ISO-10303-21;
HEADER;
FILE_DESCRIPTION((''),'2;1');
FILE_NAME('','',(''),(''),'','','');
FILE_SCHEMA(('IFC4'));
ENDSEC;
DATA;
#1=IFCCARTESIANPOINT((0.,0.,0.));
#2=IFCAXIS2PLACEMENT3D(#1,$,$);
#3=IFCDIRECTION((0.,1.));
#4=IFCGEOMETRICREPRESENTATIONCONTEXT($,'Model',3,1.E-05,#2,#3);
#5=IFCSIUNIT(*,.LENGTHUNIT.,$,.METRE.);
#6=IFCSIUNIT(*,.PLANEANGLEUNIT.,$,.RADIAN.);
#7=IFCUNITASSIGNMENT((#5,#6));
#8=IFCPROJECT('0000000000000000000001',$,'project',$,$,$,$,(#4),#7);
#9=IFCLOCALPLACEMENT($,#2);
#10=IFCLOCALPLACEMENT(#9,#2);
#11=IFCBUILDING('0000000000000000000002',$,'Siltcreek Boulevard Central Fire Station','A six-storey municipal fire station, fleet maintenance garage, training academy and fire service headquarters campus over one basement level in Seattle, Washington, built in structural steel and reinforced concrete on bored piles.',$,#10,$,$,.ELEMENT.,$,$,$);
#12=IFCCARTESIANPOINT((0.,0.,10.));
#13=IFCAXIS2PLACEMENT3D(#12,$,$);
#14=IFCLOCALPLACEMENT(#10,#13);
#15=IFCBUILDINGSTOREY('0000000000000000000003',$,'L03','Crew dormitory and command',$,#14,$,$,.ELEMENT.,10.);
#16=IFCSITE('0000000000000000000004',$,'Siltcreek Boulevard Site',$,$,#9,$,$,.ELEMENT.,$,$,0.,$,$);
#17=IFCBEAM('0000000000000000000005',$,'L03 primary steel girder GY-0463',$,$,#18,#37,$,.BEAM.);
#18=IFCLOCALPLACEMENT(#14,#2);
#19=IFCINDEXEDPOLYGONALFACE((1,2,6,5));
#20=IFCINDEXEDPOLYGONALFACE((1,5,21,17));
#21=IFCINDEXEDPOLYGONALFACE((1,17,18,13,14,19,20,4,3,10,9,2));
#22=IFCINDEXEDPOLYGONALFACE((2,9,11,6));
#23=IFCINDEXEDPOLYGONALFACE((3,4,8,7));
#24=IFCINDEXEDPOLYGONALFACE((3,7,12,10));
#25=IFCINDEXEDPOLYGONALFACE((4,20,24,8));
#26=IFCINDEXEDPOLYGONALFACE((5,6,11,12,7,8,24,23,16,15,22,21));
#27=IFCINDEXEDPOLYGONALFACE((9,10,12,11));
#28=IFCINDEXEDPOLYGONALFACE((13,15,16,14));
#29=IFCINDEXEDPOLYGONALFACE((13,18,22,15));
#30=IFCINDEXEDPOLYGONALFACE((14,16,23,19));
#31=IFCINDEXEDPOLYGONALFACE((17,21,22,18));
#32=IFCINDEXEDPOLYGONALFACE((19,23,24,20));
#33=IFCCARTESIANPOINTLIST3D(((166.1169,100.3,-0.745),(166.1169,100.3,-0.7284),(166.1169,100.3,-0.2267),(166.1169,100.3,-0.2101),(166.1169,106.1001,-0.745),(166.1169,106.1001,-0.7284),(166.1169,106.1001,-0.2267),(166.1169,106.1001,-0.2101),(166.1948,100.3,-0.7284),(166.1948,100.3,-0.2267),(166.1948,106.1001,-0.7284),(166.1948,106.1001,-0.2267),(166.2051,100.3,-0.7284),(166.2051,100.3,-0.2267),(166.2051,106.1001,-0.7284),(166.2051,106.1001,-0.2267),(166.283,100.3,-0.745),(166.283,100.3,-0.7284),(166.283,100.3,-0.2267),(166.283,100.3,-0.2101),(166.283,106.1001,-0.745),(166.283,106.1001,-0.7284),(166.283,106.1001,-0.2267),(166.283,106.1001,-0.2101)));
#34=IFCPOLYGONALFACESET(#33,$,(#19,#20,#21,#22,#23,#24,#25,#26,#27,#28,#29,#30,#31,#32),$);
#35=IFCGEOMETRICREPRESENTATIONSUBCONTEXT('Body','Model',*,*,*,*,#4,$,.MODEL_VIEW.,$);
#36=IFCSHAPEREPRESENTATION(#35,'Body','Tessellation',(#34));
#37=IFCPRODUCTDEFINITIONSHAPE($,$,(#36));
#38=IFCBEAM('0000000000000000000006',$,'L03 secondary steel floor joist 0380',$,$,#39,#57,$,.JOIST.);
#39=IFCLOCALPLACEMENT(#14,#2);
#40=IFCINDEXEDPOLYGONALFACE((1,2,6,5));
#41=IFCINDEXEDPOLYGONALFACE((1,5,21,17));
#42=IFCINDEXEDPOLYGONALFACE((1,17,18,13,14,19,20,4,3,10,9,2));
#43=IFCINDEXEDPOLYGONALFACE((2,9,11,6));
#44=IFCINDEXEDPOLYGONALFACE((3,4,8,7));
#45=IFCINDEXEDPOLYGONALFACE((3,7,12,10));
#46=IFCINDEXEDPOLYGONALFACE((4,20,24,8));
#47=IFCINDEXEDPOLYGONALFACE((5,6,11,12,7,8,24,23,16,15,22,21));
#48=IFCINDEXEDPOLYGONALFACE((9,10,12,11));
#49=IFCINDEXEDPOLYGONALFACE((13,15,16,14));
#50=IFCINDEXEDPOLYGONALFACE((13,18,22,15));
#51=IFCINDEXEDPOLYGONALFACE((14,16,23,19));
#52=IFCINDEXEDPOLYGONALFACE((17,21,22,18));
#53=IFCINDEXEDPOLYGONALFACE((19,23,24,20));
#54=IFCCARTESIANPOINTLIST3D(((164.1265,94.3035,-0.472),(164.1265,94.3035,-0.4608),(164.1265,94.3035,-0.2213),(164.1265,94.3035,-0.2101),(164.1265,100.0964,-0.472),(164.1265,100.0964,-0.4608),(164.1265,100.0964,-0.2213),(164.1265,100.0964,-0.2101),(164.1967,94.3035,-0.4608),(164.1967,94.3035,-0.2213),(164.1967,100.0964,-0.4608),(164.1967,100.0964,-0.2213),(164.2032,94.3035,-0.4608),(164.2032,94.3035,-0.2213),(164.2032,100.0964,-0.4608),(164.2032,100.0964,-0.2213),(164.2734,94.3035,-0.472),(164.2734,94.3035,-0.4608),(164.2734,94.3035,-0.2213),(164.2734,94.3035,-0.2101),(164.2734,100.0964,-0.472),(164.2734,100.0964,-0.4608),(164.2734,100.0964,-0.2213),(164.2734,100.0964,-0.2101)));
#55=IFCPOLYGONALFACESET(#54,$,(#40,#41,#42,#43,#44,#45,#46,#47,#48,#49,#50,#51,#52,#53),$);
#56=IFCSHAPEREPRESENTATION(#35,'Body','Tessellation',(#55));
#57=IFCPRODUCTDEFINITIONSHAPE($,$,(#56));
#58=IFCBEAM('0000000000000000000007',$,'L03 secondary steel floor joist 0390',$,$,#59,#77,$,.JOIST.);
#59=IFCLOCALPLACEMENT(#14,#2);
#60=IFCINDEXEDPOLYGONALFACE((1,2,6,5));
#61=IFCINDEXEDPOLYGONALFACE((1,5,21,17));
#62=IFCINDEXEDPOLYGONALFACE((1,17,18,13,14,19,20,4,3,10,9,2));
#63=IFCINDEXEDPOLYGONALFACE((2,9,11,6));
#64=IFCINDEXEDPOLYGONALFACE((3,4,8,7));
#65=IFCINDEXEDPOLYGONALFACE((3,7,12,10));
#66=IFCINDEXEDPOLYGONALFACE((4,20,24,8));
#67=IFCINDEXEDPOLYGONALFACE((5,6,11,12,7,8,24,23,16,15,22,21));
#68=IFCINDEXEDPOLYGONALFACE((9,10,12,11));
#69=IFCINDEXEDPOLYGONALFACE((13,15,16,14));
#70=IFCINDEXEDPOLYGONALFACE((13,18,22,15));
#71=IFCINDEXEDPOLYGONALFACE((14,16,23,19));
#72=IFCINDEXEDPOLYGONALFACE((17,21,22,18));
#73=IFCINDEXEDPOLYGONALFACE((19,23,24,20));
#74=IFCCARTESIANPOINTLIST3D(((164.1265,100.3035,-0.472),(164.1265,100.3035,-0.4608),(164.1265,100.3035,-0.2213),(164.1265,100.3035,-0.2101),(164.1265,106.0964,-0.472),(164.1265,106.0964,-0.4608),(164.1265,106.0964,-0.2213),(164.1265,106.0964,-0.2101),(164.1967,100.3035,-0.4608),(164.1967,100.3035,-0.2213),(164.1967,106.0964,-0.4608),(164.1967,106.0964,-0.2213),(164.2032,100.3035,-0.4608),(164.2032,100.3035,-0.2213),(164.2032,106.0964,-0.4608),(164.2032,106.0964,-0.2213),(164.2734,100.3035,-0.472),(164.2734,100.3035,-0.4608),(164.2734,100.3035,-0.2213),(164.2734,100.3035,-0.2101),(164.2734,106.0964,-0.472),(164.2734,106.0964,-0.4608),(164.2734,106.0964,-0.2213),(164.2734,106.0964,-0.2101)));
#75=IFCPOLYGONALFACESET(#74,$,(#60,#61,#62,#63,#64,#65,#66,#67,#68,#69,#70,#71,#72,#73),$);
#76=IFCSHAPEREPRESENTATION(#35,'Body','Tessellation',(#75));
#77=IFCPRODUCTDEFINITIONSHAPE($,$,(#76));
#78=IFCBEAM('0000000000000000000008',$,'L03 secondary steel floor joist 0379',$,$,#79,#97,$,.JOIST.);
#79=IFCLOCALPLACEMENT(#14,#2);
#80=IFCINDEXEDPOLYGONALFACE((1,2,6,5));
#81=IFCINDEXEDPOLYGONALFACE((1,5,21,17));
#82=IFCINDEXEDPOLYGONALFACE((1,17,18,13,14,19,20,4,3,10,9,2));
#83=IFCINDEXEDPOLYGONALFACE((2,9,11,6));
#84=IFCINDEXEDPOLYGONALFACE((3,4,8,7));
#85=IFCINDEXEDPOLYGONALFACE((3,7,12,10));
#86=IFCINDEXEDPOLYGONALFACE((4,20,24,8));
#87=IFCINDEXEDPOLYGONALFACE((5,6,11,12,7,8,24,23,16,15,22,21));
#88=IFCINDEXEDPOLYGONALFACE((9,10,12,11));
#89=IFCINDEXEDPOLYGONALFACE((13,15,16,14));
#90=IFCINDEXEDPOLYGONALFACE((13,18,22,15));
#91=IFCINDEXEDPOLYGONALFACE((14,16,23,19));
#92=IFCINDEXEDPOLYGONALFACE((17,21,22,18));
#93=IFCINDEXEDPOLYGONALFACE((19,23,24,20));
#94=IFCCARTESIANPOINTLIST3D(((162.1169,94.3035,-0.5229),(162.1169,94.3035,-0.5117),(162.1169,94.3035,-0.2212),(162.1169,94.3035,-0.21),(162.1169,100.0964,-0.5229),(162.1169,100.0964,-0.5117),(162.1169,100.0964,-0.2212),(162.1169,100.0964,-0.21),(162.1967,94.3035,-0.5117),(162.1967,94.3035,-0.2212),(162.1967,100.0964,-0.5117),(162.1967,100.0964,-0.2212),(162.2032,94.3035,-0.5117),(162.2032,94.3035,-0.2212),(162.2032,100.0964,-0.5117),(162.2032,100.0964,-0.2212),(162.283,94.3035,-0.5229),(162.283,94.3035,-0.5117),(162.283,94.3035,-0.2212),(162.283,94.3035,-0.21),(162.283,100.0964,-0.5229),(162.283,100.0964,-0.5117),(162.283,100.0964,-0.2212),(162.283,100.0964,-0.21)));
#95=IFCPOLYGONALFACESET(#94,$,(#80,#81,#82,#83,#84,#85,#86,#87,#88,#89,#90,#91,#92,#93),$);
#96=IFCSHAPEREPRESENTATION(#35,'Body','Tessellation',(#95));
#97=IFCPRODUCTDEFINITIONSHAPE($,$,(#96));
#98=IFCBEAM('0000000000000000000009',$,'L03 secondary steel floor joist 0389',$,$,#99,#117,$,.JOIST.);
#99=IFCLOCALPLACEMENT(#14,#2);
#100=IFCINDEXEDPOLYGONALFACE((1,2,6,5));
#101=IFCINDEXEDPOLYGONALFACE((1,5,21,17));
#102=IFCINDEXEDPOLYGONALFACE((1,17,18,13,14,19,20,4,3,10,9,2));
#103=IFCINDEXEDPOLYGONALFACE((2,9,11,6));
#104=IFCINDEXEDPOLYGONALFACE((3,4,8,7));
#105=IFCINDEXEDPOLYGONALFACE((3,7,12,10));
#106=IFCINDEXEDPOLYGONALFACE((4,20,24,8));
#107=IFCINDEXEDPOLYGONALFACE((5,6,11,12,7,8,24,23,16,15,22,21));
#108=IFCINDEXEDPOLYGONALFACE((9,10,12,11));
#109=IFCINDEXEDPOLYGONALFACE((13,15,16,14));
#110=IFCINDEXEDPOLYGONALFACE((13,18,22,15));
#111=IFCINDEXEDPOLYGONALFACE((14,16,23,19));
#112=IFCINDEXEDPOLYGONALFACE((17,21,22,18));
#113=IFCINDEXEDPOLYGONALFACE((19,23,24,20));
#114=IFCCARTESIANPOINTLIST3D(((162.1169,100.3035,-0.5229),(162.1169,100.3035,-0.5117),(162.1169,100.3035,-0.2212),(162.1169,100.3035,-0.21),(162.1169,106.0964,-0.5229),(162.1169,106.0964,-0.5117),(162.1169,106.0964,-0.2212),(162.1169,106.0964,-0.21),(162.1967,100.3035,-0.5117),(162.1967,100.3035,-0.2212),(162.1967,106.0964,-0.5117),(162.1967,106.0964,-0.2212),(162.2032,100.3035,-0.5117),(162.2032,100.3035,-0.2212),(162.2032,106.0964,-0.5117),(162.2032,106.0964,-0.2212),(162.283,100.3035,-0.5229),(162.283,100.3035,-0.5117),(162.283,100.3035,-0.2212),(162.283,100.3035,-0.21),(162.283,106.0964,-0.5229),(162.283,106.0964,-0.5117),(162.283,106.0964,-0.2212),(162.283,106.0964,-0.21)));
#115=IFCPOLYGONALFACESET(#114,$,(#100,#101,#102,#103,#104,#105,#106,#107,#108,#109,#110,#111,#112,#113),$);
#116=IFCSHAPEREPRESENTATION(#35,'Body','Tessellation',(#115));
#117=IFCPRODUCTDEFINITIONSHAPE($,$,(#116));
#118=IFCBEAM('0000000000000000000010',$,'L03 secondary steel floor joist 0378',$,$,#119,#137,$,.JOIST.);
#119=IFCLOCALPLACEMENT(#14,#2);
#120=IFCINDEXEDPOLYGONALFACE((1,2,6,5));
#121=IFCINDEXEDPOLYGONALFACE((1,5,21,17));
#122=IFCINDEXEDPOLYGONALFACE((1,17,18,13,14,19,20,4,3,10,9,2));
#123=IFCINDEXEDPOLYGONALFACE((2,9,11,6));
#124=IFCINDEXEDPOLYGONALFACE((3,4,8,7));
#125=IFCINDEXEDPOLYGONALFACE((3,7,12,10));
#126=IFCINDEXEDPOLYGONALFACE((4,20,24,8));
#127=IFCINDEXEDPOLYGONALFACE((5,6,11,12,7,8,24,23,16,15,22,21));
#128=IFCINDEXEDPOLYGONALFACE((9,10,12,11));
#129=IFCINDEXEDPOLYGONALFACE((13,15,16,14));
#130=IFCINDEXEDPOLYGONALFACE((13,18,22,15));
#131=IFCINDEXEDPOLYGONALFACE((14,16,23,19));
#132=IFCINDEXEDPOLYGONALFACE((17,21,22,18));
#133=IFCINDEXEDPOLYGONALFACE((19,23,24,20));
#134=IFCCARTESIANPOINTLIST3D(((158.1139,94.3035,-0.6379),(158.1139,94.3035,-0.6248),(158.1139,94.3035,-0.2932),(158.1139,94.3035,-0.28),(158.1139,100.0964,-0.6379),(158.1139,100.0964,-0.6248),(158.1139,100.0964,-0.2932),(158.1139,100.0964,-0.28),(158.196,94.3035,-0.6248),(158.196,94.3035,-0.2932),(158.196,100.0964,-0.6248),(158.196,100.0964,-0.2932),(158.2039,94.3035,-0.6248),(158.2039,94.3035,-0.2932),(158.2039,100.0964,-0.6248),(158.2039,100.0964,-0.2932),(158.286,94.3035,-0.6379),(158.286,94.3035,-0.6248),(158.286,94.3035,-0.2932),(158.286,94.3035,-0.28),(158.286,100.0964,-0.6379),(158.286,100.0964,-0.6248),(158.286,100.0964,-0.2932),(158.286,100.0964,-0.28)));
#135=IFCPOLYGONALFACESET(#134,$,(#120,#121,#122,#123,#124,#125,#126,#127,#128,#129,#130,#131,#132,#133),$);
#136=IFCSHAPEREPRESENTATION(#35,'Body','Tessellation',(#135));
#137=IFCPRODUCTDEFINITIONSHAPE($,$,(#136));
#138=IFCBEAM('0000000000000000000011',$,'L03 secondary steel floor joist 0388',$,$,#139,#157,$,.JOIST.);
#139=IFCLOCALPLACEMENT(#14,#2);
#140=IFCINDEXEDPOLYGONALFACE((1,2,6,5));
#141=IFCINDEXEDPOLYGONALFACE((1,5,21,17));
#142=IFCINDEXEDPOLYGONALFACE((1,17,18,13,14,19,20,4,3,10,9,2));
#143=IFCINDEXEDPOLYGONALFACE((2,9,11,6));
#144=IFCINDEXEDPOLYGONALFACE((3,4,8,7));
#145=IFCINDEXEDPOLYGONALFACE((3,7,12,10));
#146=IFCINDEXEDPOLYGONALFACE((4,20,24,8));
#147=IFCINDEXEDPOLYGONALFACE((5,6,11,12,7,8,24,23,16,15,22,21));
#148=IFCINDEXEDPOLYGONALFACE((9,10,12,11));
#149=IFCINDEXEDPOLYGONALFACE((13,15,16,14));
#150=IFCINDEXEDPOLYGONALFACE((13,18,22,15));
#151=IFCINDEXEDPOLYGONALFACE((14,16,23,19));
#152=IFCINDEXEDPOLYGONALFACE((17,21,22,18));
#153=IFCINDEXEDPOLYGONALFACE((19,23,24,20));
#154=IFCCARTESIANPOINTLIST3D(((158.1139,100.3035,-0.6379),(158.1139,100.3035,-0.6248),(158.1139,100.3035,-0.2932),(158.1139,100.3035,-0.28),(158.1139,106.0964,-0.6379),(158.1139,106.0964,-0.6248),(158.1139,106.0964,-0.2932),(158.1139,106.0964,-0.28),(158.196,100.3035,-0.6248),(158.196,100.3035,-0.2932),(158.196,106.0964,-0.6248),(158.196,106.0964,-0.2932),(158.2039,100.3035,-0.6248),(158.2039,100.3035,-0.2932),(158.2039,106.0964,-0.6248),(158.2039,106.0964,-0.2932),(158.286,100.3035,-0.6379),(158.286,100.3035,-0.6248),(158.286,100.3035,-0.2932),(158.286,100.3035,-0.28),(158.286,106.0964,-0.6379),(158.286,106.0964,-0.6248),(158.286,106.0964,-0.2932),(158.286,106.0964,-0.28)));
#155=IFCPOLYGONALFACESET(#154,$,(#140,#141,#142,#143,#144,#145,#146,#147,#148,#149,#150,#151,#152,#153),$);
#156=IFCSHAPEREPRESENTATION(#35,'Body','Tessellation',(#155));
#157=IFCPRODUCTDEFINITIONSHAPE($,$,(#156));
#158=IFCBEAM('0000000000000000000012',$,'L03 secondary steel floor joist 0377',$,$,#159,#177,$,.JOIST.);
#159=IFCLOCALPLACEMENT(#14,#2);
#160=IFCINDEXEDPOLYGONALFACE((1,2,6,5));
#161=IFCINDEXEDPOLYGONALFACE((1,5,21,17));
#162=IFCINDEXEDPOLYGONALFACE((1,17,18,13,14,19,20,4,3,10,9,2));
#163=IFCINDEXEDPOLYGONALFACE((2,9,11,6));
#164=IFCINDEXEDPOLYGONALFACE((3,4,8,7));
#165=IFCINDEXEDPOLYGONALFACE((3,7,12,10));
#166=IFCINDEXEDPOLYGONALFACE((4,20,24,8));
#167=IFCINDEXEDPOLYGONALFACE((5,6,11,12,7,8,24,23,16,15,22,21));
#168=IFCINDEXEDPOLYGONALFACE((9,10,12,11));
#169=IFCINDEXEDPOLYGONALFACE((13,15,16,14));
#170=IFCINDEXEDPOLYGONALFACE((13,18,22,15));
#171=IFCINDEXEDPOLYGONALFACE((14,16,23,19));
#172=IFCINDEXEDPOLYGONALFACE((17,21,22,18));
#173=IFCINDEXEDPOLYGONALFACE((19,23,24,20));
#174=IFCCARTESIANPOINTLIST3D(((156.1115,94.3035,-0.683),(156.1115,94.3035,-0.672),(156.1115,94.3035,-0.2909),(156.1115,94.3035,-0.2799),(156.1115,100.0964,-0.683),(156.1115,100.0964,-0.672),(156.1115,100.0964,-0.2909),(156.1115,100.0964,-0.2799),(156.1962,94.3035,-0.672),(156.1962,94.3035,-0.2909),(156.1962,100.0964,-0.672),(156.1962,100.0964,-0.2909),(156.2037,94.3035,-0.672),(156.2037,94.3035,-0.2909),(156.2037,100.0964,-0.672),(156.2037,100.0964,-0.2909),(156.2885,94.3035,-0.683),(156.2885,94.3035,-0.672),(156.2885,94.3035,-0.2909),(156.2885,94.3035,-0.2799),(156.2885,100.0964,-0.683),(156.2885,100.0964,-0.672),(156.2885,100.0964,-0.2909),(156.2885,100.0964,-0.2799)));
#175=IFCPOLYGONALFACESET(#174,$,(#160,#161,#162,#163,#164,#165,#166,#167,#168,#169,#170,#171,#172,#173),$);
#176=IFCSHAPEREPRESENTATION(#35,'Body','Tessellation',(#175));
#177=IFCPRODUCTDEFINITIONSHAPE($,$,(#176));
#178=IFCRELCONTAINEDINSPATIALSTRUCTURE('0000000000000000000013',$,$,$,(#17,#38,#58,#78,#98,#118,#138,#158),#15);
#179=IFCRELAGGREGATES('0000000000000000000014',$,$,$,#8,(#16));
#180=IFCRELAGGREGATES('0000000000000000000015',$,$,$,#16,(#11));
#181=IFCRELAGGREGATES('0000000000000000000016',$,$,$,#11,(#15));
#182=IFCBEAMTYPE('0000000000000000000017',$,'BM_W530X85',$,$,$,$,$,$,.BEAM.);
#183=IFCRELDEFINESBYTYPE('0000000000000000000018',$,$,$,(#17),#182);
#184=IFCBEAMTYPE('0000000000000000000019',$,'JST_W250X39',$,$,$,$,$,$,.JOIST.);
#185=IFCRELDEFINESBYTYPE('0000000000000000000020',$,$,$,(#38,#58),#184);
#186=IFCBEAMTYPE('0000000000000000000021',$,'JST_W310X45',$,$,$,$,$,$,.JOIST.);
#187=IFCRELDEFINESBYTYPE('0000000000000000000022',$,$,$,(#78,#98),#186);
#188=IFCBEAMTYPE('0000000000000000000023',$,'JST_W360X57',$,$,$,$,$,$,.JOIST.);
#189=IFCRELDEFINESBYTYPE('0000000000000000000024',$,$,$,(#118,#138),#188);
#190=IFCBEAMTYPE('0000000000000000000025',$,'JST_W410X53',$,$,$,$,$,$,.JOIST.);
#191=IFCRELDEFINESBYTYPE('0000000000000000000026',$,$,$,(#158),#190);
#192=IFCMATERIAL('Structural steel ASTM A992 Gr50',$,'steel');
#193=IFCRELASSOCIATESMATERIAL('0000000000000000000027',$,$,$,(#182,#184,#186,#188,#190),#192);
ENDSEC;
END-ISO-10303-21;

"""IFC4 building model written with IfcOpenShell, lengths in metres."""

from ifc_helpers import new_model, si_unit, direction, frame, origin, origin_2d, place, context, subcontext, project, spatial, i_section, extrude, material, material_profile, profile_set, type_object, element, save


model = new_model("IFC4")

# Units and contexts
model_context = context("Model", 3, precision=1e-05, world=origin(), true_north=direction((0.0, 1.0)))
body_context = subcontext(model_context, "Body", "Model", "MODEL_VIEW")
ifc_project = project(units=[si_unit("LENGTHUNIT", "METRE"), si_unit("PLANEANGLEUNIT", "RADIAN")], contexts=[model_context])

# Site, building, storey
site_placement = place(None, origin())
site = spatial("IfcSite", under=ifc_project, at=site_placement, Name="Siltcreek Boulevard Site", CompositionType="ELEMENT", RefElevation=0.0)
building_placement = place(site_placement, origin())
building = spatial("IfcBuilding", under=site, at=building_placement, Name="Siltcreek Boulevard Central Fire Station", Description="A six-storey municipal fire station, fleet maintenance garage, training academy and fire service headquarters campus over one basement level in Seattle, Washington, built in structural steel and reinforced concrete on bored piles.", CompositionType="ELEMENT")
storey_placement = place(building_placement, frame((0.0, 0.0, 10.0)))
storey = spatial("IfcBuildingStorey", under=building, at=storey_placement, Name="L03", Description="Crew dormitory and command", CompositionType="ELEMENT", Elevation=10.0)

# Shared definitions
ifc_material_1 = material(Name="Structural steel ASTM A992 Gr50", Category="steel")

# Beams
ifc_material_profile_1 = material_profile(ifc_material_1, i_section(OverallWidth=0.166, OverallDepth=0.5349, WebThickness=0.0103, FlangeThickness=0.0166, at=origin_2d()), Name="W530X85")
ifc_profile_set_1 = profile_set([ifc_material_profile_1], Name="Structural steel ASTM A992 Gr50")
beam_type_1 = type_object("IfcBeamType", Name="BM_W530X85", PredefinedType="BEAM", material=ifc_profile_set_1)
for number, where, z_axis, x_axis, name in (
    (1, (166.2, 100.3, -0.4775), (0.0, 1.0, 0.0), (-1.0, 0.0, 0.0), "L03 primary steel girder GY-0463"),
):
    element("IfcBeam", number, at=place(storey_placement, frame(where, z_axis=z_axis, x_axis=x_axis)), inside=storey, type_object=beam_type_1, Name=name, PredefinedType="BEAM", context=body_context, shape_type="SweptSolid", body=[
        extrude(i_section(OverallWidth=0.166, OverallDepth=0.5349, WebThickness=0.0103, FlangeThickness=0.0166, at=origin_2d()), origin(), (0.0, 0.0, 1.0), 5.8),
    ])
ifc_material_profile_2 = material_profile(ifc_material_1, i_section(OverallWidth=0.147, OverallDepth=0.262, WebThickness=0.0066, FlangeThickness=0.0112, at=origin_2d()), Name="W250X39")
ifc_profile_set_2 = profile_set([ifc_material_profile_2], Name="Structural steel ASTM A992 Gr50")
beam_type_2 = type_object("IfcBeamType", Name="JST_W250X39", PredefinedType="JOIST", material=ifc_profile_set_2)
for number, where, z_axis, x_axis, name in (
    (2, (164.2, 94.3035, -0.3411), (0.0, 1.0, 0.0), (-1.0, 0.0, 0.0), "L03 secondary steel floor joist 0380"),
    (3, (164.2, 100.3035, -0.3411), (0.0, 1.0, 0.0), (-1.0, 0.0, 0.0), "L03 secondary steel floor joist 0390"),
):
    element("IfcBeam", number, at=place(storey_placement, frame(where, z_axis=z_axis, x_axis=x_axis)), inside=storey, type_object=beam_type_2, Name=name, PredefinedType="JOIST", context=body_context, shape_type="SweptSolid", body=[
        extrude(i_section(OverallWidth=0.147, OverallDepth=0.262, WebThickness=0.0066, FlangeThickness=0.0112, at=origin_2d()), origin(), (0.0, 0.0, 1.0), 5.793),
    ])
ifc_material_profile_3 = material_profile(ifc_material_1, i_section(OverallWidth=0.166, OverallDepth=0.313, WebThickness=0.0066, FlangeThickness=0.0112, at=origin_2d()), Name="W310X45")
ifc_profile_set_3 = profile_set([ifc_material_profile_3], Name="Structural steel ASTM A992 Gr50")
beam_type_3 = type_object("IfcBeamType", Name="JST_W310X45", PredefinedType="JOIST", material=ifc_profile_set_3)
for number, where, z_axis, x_axis, name in (
    (4, (162.2, 94.3035, -0.3665), (0.0, 1.0, 0.0), (-1.0, 0.0, 0.0), "L03 secondary steel floor joist 0379"),
    (5, (162.2, 100.3035, -0.3665), (0.0, 1.0, 0.0), (-1.0, 0.0, 0.0), "L03 secondary steel floor joist 0389"),
):
    element("IfcBeam", number, at=place(storey_placement, frame(where, z_axis=z_axis, x_axis=x_axis)), inside=storey, type_object=beam_type_3, Name=name, PredefinedType="JOIST", context=body_context, shape_type="SweptSolid", body=[
        extrude(i_section(OverallWidth=0.166, OverallDepth=0.313, WebThickness=0.0066, FlangeThickness=0.0112, at=origin_2d()), origin(), (0.0, 0.0, 1.0), 5.793),
    ])
ifc_material_profile_4 = material_profile(ifc_material_1, i_section(OverallWidth=0.1721, OverallDepth=0.3579, WebThickness=0.0078, FlangeThickness=0.0132, at=origin_2d()), Name="W360X57")
ifc_profile_set_4 = profile_set([ifc_material_profile_4], Name="Structural steel ASTM A992 Gr50")
beam_type_4 = type_object("IfcBeamType", Name="JST_W360X57", PredefinedType="JOIST", material=ifc_profile_set_4)
for number, where, z_axis, x_axis, name in (
    (6, (158.2, 94.3035, -0.459), (0.0, 1.0, 0.0), (-1.0, 0.0, 0.0), "L03 secondary steel floor joist 0378"),
    (7, (158.2, 100.3035, -0.459), (0.0, 1.0, 0.0), (-1.0, 0.0, 0.0), "L03 secondary steel floor joist 0388"),
):
    element("IfcBeam", number, at=place(storey_placement, frame(where, z_axis=z_axis, x_axis=x_axis)), inside=storey, type_object=beam_type_4, Name=name, PredefinedType="JOIST", context=body_context, shape_type="SweptSolid", body=[
        extrude(i_section(OverallWidth=0.1721, OverallDepth=0.3579, WebThickness=0.0078, FlangeThickness=0.0132, at=origin_2d()), origin(), (0.0, 0.0, 1.0), 5.793),
    ])
ifc_material_profile_5 = material_profile(ifc_material_1, i_section(OverallWidth=0.177, OverallDepth=0.4031, WebThickness=0.0076, FlangeThickness=0.011, at=origin_2d()), Name="W410X53")
ifc_profile_set_5 = profile_set([ifc_material_profile_5], Name="Structural steel ASTM A992 Gr50")
beam_type_5 = type_object("IfcBeamType", Name="JST_W410X53", PredefinedType="JOIST", material=ifc_profile_set_5)
for number, where, z_axis, x_axis, name in (
    (8, (156.2, 94.3035, -0.4814), (0.0, 1.0, 0.0), (-1.0, 0.0, 0.0), "L03 secondary steel floor joist 0377"),
):
    element("IfcBeam", number, at=place(storey_placement, frame(where, z_axis=z_axis, x_axis=x_axis)), inside=storey, type_object=beam_type_5, Name=name, PredefinedType="JOIST", context=body_context, shape_type="SweptSolid", body=[
        extrude(i_section(OverallWidth=0.177, OverallDepth=0.4031, WebThickness=0.0076, FlangeThickness=0.011, at=origin_2d()), origin(), (0.0, 0.0, 1.0), 5.793),
    ])

save(model, "model.ifc")
